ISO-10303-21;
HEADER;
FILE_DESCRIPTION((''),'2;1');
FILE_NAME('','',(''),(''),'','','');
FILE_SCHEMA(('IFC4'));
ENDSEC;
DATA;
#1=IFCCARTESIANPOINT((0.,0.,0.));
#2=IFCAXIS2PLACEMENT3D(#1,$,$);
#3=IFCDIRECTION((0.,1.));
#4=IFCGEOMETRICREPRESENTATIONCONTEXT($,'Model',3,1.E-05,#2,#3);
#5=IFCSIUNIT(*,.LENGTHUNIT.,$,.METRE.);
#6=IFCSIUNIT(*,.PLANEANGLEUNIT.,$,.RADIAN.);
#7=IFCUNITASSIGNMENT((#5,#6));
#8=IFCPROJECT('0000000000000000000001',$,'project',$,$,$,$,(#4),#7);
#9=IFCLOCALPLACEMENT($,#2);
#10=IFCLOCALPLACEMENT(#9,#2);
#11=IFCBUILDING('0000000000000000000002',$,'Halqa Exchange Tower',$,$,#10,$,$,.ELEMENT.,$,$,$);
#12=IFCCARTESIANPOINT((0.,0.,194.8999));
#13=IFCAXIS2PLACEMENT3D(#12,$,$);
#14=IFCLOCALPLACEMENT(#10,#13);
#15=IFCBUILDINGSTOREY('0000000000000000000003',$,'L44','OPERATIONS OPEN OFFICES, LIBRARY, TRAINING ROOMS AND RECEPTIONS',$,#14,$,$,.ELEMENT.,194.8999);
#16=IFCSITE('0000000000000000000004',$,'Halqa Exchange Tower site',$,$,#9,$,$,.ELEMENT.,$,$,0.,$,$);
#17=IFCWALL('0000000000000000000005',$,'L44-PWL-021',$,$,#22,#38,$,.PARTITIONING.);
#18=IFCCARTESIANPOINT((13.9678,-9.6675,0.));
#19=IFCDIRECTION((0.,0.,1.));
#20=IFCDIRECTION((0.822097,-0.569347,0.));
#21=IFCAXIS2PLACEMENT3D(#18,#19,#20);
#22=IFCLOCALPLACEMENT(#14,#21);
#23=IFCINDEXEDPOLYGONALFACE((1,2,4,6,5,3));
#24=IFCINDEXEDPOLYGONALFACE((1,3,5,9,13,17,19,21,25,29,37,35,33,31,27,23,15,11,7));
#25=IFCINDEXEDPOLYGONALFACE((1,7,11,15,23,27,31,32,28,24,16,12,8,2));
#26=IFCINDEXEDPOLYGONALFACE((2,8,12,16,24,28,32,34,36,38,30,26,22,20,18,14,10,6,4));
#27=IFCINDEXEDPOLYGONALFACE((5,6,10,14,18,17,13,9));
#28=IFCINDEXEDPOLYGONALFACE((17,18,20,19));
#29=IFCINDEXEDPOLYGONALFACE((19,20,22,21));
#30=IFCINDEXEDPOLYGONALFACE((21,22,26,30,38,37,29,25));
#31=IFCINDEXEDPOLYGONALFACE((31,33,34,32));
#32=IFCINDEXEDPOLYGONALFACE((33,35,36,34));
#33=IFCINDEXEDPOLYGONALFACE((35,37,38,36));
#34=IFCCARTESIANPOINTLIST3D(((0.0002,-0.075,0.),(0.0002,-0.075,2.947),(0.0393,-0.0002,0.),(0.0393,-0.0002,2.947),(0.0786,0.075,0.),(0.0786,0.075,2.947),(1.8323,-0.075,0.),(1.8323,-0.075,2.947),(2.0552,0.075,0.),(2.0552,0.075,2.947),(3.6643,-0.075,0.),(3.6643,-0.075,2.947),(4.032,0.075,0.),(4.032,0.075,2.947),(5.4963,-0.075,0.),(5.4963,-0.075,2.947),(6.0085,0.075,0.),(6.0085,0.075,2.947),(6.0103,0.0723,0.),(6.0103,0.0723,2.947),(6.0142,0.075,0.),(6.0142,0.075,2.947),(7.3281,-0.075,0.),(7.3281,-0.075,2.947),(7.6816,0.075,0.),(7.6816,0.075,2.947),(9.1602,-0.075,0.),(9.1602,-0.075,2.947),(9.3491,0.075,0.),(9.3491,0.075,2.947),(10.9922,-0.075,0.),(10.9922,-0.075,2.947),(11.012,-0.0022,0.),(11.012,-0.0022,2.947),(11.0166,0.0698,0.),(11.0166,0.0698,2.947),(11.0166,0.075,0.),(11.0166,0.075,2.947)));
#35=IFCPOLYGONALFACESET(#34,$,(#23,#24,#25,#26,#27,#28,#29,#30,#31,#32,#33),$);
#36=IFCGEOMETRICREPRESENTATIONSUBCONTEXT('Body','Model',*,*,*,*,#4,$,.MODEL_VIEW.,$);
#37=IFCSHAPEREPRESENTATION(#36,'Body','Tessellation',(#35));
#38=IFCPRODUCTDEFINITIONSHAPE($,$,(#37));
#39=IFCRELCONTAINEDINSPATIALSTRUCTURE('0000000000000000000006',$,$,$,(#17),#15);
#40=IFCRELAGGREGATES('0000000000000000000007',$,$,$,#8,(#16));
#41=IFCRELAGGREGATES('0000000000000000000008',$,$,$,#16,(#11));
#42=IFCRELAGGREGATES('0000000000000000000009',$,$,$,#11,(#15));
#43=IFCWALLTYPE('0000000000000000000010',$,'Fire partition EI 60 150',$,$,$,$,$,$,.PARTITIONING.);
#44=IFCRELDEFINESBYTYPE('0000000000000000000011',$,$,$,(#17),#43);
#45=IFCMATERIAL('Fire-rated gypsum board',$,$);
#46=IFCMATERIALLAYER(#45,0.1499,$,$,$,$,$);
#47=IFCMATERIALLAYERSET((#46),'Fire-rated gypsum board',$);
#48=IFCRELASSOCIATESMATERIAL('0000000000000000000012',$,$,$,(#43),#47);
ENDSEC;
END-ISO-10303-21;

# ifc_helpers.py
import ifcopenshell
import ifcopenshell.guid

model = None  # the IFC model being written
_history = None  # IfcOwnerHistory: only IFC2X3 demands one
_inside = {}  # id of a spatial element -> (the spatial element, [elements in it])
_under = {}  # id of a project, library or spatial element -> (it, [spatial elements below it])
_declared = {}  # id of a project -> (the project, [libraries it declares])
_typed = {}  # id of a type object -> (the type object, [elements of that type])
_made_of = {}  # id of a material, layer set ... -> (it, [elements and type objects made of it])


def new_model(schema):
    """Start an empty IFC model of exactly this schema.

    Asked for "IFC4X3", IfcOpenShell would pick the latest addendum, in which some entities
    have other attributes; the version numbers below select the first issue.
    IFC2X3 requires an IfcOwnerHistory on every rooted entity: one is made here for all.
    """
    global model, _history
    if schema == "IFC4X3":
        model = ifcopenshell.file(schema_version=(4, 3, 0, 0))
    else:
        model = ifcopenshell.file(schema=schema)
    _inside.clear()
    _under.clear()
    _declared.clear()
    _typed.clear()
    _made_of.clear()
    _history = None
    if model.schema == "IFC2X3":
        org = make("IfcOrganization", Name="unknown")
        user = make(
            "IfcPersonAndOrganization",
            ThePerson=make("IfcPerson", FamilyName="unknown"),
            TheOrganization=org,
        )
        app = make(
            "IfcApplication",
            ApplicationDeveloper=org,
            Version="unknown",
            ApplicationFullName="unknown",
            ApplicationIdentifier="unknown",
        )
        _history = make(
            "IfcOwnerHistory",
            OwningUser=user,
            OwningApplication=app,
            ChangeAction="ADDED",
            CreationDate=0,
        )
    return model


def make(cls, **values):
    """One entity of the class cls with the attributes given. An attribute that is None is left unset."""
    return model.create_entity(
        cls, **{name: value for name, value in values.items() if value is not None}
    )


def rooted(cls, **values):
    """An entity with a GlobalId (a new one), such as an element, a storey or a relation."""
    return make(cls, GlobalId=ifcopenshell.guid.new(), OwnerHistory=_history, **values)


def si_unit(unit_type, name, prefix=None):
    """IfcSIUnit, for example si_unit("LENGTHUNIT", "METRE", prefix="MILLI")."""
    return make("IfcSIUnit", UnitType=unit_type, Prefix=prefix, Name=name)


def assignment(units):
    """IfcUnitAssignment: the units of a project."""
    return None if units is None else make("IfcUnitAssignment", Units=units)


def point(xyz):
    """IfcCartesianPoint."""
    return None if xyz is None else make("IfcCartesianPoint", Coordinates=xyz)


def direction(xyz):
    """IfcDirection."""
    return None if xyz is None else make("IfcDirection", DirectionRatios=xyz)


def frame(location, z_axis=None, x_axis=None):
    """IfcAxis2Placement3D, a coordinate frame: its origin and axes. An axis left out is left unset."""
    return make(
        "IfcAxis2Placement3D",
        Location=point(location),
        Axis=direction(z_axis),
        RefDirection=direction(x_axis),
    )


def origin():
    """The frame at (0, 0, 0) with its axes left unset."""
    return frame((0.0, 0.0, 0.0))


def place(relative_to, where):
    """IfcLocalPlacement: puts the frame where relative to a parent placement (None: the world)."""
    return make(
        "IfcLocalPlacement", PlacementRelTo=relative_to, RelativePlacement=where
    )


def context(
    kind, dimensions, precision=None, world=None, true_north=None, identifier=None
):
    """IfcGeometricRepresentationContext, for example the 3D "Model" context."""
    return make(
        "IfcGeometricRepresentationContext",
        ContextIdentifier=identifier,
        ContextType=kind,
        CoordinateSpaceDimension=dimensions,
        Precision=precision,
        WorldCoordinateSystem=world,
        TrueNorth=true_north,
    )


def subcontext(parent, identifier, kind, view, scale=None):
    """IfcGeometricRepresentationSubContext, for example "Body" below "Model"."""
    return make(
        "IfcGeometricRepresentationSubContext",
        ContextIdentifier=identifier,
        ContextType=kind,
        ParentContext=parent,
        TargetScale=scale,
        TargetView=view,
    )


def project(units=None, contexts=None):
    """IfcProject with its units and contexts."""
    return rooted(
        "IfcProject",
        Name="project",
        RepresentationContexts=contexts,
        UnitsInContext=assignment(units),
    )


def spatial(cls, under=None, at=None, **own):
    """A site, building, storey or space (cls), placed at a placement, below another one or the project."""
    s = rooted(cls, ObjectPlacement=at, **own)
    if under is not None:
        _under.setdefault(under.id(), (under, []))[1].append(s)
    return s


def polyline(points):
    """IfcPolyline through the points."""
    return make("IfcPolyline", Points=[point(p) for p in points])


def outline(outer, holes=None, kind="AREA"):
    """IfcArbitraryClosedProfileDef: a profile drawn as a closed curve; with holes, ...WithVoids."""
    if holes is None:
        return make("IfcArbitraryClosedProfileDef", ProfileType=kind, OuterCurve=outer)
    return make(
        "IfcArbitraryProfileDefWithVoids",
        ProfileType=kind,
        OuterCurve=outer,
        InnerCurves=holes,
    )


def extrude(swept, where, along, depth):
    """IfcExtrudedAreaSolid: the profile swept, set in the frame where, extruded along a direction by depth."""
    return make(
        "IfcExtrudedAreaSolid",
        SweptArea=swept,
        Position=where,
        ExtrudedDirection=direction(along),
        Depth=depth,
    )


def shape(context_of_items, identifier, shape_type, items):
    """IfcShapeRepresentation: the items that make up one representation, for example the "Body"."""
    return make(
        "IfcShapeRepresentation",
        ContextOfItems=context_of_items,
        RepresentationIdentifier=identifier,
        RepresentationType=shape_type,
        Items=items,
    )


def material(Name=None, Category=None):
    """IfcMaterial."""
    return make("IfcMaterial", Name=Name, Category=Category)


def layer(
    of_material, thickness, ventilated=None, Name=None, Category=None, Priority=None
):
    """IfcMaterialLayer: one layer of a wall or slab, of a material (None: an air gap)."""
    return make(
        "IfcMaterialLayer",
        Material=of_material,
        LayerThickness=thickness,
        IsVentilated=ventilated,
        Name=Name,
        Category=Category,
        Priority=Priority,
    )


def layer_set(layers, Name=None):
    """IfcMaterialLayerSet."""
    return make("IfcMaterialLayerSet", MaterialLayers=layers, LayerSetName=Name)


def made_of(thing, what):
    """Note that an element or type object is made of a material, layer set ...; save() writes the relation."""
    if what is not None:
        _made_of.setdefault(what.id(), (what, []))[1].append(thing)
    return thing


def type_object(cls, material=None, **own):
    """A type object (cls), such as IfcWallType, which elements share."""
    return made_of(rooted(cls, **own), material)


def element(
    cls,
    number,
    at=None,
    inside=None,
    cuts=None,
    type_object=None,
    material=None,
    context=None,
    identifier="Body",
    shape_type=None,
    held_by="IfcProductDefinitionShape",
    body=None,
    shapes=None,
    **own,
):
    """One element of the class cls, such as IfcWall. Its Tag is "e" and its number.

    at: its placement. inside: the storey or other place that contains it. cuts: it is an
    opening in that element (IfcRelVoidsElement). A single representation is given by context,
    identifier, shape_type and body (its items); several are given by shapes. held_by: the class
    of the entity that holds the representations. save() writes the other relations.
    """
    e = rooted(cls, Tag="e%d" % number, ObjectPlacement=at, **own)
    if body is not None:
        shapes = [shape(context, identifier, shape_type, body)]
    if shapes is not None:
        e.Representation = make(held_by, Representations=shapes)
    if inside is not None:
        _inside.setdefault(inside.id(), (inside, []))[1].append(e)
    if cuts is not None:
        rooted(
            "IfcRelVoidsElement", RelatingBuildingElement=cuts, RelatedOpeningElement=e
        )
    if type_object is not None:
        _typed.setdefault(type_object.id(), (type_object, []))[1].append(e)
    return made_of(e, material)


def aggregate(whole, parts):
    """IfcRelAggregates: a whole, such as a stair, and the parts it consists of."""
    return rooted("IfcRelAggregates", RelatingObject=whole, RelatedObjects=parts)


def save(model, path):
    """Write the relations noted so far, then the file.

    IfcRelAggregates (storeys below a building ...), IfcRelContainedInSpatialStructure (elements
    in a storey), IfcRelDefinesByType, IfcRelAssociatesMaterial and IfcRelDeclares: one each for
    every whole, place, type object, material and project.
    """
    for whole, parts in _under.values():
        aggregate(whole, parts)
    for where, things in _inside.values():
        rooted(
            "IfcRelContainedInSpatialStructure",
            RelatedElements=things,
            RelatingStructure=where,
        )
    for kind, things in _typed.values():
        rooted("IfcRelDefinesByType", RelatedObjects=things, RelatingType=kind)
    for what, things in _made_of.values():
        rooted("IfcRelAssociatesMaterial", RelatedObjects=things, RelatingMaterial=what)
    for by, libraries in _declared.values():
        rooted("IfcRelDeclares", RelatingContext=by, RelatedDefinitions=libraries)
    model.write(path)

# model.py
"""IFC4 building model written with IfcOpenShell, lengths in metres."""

from ifc_helpers import new_model, si_unit, direction, frame, origin, place, context, subcontext, project, spatial, polyline, outline, extrude, material, layer, layer_set, type_object, element, save


model = new_model("IFC4")

# Units and contexts
model_context = context("Model", 3, precision=1e-05, world=origin(), true_north=direction((0.0, 1.0)))
body_context = subcontext(model_context, "Body", "Model", "MODEL_VIEW")
ifc_project = project(units=[si_unit("LENGTHUNIT", "METRE"), si_unit("PLANEANGLEUNIT", "RADIAN")], contexts=[model_context])

# Site, building, storey
site_placement = place(None, origin())
site = spatial("IfcSite", under=ifc_project, at=site_placement, Name="Halqa Exchange Tower site", CompositionType="ELEMENT", RefElevation=0.0)
building_placement = place(site_placement, origin())
building = spatial("IfcBuilding", under=site, at=building_placement, Name="Halqa Exchange Tower", CompositionType="ELEMENT")
storey_placement = place(building_placement, frame((0.0, 0.0, 194.8999)))
storey = spatial("IfcBuildingStorey", under=building, at=storey_placement, Name="L44", Description="OPERATIONS OPEN OFFICES, LIBRARY, TRAINING ROOMS AND RECEPTIONS", CompositionType="ELEMENT", Elevation=194.8999)

# Shared definitions
ifc_material_1 = material(Name="Fire-rated gypsum board")
ifc_layer_1 = layer(ifc_material_1, 0.1499)
ifc_layer_set_1 = layer_set([ifc_layer_1], Name="Fire-rated gypsum board")
wall_type_1 = type_object("IfcWallType", Name="Fire partition EI 60 150", PredefinedType="PARTITIONING", material=ifc_layer_set_1)

# Wall
wall_1_placement = place(storey_placement, frame((13.9678, -9.6675, 0.0), z_axis=(0.0, 0.0, 1.0), x_axis=(0.822097, -0.569347, 0.0)))
element("IfcWall", 1, at=wall_1_placement, inside=storey, type_object=wall_type_1, Name="L44-PWL-021", PredefinedType="PARTITIONING", context=body_context, shape_type="SweptSolid", body=[
    extrude(outline(polyline([(0.0002, -0.075), (1.8323, -0.075), (3.6643, -0.075), (5.4963, -0.075), (7.3281, -0.075), (9.1602, -0.075), (10.9922, -0.075), (11.012, -0.0022), (11.0166, 0.0698), (11.0166, 0.075), (9.3491, 0.075), (7.6816, 0.075), (6.0142, 0.075), (6.0103, 0.0723), (6.0085, 0.075), (4.032, 0.075), (2.0552, 0.075), (0.0786, 0.075), (0.0393, -0.0002), (0.0002, -0.075)])), origin(), (0.0, 0.0, 1.0), 2.947),
])

save(model, "model.ifc")
